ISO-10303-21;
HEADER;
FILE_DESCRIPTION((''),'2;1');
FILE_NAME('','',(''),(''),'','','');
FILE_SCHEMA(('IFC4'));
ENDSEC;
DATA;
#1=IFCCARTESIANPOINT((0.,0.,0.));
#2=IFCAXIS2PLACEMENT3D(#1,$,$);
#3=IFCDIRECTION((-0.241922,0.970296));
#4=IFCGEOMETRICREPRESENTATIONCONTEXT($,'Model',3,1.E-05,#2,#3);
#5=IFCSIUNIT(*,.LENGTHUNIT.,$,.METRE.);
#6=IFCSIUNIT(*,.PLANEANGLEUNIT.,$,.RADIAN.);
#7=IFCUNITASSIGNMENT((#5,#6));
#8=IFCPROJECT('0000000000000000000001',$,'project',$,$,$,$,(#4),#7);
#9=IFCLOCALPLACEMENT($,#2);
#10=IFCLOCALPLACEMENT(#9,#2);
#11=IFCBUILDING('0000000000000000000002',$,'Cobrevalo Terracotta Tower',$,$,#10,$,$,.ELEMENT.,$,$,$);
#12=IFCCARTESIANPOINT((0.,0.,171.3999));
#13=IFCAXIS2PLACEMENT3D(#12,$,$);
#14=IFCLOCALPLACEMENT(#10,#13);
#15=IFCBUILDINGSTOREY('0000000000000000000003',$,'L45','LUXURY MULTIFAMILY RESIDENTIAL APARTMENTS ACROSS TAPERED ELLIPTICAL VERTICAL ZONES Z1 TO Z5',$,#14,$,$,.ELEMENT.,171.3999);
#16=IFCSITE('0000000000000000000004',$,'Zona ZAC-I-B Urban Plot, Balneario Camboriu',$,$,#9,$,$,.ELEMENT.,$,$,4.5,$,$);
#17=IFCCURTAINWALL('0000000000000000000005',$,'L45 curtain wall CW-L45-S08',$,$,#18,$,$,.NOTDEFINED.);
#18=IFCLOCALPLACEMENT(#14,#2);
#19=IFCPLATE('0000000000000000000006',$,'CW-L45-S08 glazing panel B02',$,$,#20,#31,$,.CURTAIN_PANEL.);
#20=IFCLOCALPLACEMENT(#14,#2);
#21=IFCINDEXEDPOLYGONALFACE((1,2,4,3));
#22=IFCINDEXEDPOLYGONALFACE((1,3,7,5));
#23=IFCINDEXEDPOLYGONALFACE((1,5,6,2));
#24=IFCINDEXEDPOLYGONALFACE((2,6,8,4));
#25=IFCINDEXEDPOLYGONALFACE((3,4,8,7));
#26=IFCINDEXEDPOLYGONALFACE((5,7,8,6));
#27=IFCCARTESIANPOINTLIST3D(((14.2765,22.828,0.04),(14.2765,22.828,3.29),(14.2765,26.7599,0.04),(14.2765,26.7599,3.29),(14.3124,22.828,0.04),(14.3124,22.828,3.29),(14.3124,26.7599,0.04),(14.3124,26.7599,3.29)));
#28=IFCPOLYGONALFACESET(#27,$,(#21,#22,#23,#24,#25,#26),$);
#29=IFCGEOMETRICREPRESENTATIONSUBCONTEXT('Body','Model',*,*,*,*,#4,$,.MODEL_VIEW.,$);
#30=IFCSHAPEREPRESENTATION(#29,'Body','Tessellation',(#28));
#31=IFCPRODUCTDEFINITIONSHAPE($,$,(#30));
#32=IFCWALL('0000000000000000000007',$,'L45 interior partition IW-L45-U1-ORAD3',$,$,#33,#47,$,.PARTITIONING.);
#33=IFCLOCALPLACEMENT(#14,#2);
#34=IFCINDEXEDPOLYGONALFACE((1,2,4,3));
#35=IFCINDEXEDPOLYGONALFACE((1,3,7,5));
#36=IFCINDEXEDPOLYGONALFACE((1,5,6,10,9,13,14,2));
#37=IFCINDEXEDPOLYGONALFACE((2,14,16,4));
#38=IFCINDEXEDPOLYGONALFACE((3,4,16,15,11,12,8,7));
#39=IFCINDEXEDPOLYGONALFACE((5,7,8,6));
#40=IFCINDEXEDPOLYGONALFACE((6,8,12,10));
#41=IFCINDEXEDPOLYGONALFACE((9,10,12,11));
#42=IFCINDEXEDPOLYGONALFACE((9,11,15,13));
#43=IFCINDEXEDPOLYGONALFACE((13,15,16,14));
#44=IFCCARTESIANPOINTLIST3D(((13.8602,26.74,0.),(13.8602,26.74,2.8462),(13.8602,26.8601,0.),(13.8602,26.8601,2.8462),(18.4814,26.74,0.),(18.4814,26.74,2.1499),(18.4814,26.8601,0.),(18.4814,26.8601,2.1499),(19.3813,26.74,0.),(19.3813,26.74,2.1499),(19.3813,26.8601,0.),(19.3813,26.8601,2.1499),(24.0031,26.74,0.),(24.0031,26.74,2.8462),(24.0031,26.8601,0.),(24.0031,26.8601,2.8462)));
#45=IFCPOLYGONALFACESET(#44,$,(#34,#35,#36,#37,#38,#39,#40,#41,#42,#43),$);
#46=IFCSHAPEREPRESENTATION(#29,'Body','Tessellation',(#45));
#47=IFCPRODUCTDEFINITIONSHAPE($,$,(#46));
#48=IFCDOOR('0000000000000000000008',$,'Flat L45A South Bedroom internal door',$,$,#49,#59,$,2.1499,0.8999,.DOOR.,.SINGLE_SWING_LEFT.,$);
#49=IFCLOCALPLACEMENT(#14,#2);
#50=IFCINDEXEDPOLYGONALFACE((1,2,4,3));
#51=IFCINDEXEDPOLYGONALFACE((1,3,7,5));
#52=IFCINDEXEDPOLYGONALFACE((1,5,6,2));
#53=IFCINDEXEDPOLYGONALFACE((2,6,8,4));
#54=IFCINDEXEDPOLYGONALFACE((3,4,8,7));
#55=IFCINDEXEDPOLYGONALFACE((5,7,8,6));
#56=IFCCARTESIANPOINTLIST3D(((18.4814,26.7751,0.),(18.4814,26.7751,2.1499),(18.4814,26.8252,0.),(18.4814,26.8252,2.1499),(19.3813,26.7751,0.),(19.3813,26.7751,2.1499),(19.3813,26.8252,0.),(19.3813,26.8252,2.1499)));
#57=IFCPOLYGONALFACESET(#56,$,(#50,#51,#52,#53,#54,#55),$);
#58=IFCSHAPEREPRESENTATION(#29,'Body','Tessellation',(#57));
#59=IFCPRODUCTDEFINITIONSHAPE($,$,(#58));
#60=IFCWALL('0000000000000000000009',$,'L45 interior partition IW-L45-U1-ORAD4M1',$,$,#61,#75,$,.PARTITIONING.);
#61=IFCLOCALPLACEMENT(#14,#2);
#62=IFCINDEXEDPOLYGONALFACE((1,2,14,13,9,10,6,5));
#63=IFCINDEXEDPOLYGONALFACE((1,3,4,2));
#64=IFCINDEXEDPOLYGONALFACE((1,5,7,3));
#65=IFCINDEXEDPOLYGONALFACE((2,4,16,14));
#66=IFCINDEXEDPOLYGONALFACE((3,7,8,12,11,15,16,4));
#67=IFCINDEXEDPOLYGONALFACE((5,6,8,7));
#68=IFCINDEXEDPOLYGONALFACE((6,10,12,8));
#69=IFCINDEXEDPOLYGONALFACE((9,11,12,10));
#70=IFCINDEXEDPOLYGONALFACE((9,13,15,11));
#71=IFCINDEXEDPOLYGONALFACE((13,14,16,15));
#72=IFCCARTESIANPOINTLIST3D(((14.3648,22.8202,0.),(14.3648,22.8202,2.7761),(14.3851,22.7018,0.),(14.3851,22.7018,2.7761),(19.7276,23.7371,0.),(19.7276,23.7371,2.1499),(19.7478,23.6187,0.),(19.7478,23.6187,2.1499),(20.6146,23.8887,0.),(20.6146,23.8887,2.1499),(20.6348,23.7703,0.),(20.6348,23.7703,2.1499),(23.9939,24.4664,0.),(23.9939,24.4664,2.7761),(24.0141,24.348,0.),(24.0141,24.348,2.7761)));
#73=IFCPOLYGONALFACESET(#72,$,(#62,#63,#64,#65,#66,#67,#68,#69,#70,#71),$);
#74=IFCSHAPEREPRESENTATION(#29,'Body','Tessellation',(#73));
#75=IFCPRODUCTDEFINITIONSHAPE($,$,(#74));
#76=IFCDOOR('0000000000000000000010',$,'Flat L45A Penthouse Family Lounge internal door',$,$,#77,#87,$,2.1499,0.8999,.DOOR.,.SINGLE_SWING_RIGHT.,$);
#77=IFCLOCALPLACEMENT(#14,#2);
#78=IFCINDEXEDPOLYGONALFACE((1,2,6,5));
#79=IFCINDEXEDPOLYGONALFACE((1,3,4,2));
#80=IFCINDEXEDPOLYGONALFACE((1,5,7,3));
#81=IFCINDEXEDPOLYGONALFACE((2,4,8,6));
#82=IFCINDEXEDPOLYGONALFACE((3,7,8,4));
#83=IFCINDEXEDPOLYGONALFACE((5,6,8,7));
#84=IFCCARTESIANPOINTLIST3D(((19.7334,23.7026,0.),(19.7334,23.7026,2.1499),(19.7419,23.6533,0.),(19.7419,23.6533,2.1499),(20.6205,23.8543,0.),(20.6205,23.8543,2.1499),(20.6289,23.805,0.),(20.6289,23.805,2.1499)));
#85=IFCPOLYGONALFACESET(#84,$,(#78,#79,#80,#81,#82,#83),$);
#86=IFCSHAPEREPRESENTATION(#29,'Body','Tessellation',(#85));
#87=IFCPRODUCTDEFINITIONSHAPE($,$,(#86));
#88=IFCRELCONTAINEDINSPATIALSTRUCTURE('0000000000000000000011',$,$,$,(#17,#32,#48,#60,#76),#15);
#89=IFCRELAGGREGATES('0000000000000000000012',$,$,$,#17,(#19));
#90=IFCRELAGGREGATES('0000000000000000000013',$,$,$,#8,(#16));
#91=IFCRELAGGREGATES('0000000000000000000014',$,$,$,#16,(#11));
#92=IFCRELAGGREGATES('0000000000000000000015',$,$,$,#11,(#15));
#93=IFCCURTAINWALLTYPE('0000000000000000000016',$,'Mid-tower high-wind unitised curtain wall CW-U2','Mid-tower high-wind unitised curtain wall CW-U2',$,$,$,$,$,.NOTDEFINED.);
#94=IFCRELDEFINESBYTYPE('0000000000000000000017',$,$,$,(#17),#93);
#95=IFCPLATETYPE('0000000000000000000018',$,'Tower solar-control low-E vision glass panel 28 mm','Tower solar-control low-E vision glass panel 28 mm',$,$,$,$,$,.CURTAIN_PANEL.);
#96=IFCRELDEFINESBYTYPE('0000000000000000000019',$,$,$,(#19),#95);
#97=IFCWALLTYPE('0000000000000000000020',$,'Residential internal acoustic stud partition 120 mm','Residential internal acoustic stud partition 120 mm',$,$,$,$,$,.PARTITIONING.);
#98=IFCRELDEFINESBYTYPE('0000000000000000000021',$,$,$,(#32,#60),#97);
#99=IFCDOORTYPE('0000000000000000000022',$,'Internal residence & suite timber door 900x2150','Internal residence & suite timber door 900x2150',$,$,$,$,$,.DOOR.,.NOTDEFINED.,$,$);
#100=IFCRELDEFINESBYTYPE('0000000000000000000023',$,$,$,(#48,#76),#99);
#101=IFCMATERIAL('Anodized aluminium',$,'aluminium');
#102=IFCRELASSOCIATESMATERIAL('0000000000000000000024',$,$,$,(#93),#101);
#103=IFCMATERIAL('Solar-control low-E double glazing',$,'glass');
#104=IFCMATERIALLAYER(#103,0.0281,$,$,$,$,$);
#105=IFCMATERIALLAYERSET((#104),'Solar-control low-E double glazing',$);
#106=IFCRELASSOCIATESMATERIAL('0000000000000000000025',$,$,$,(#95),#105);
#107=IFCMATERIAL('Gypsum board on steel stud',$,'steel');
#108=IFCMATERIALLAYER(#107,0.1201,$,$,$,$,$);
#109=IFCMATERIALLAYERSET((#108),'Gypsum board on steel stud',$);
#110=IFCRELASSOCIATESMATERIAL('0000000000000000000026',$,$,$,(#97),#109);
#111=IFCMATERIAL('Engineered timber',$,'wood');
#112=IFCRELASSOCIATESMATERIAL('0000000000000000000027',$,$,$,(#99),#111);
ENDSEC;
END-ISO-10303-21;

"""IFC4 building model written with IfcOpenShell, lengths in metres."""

from ifc_helpers import new_model, si_unit, direction, frame, frame_2d, origin, origin_2d, place, context, subcontext, project, spatial, rectangle, extrude, source, transform, mapped, material, layer, layer_set, type_object, element, fill, aggregate, save


model = new_model("IFC4")

# Units and contexts
model_context = context("Model", 3, precision=1e-05, world=origin(), true_north=direction((-0.241922, 0.970296)))
body_context = subcontext(model_context, "Body", "Model", "MODEL_VIEW")
ifc_project = project(units=[si_unit("LENGTHUNIT", "METRE"), si_unit("PLANEANGLEUNIT", "RADIAN")], contexts=[model_context])

# Site, building, storey
site_placement = place(None, origin())
site = spatial("IfcSite", under=ifc_project, at=site_placement, Name="Zona ZAC-I-B Urban Plot, Balneario Camboriu", CompositionType="ELEMENT", RefElevation=4.5)
building_placement = place(site_placement, origin())
building = spatial("IfcBuilding", under=site, at=building_placement, Name="Cobrevalo Terracotta Tower", CompositionType="ELEMENT")
storey_placement = place(building_placement, frame((0.0, 0.0, 171.3999)))
storey = spatial("IfcBuildingStorey", under=building, at=storey_placement, Name="L45", Description="LUXURY MULTIFAMILY RESIDENTIAL APARTMENTS ACROSS TAPERED ELLIPTICAL VERTICAL ZONES Z1 TO Z5", CompositionType="ELEMENT", Elevation=171.3999)

# Shared definitions
ifc_material_1 = material(Name="Anodized aluminium", Category="aluminium")
curtain_wall_type = type_object("IfcCurtainWallType", Name="Mid-tower high-wind unitised curtain wall CW-U2", Description="Mid-tower high-wind unitised curtain wall CW-U2", PredefinedType="NOTDEFINED", material=ifc_material_1)

# Curtain wall
curtain_wall_1_placement = place(storey_placement, origin())
curtain_wall_1 = element("IfcCurtainWall", 1, at=curtain_wall_1_placement, inside=storey, type_object=curtain_wall_type, Name="L45 curtain wall CW-L45-S08", PredefinedType="NOTDEFINED")

# Plate
ifc_material_2 = material(Name="Solar-control low-E double glazing", Category="glass")
ifc_layer_1 = layer(ifc_material_2, 0.0281)
ifc_layer_set_1 = layer_set([ifc_layer_1], Name="Solar-control low-E double glazing")
plate_type = type_object("IfcPlateType", Name="Tower solar-control low-E vision glass panel 28 mm", Description="Tower solar-control low-E vision glass panel 28 mm", PredefinedType="CURTAIN_PANEL", material=ifc_layer_set_1)
shared_shape_1 = source(origin(), body_context, "Body", "SweptSolid", [
    extrude(rectangle(XDim=3.9319, YDim=0.0359, at=origin_2d()), origin(), (0.0, 0.0, 1.0), 3.25),
])
plate_1_placement = place(storey_placement, frame((14.2944, 24.7939, 0.04), z_axis=(0.0, 0.0, 1.0), x_axis=(0.0, -1.0, 0.0)))
plate_1 = element("IfcPlate", 2, at=plate_1_placement, type_object=plate_type, Name="CW-L45-S08 glazing panel B02", PredefinedType="CURTAIN_PANEL", context=body_context, shape_type="MappedRepresentation", body=[
    mapped(shared_shape_1, transform((0.0, 0.0, 0.0), scale=1.0)),
])
aggregate(curtain_wall_1, [plate_1])

# Walls, openings, doors
ifc_material_3 = material(Name="Gypsum board on steel stud", Category="steel")
ifc_layer_2 = layer(ifc_material_3, 0.1201)
ifc_layer_set_2 = layer_set([ifc_layer_2], Name="Gypsum board on steel stud")
wall_type = type_object("IfcWallType", Name="Residential internal acoustic stud partition 120 mm", Description="Residential internal acoustic stud partition 120 mm", PredefinedType="PARTITIONING", material=ifc_layer_set_2)
wall_1_placement = place(storey_placement, frame((24.0029, 26.8, 0.0), z_axis=(0.0, 0.0, 1.0), x_axis=(-1.0, 0.0, 0.0)))
wall_1 = element("IfcWall", 3, at=wall_1_placement, inside=storey, type_object=wall_type, Name="L45 interior partition IW-L45-U1-ORAD3", PredefinedType="PARTITIONING", context=body_context, shape_type="SweptSolid", body=[
    extrude(rectangle(XDim=10.1428, YDim=0.1201, at=frame_2d((5.0713, 0.0))), origin(), (0.0, 0.0, 1.0), 2.8462),
])
opening_1_placement = place(wall_1_placement, frame((4.6216, 0.0, 0.0)))
opening_1 = element("IfcOpeningElement", 4, at=opening_1_placement, cuts=wall_1, PredefinedType="OPENING", context=body_context, shape_type="SweptSolid", body=[
    extrude(rectangle(XDim=0.8999, YDim=2.1499, at=frame_2d((0.45, 1.075))), frame((0.0, 0.0701, 0.0), z_axis=(0.0, -1.0, 0.0), x_axis=(1.0, 0.0, 0.0)), (0.0, 0.0, 1.0), 0.1401),
])
ifc_material_4 = material(Name="Engineered timber", Category="wood")
door_type = type_object("IfcDoorType", Name="Internal residence & suite timber door 900x2150", Description="Internal residence & suite timber door 900x2150", OperationType="NOTDEFINED", PredefinedType="DOOR", material=ifc_material_4)
shared_shape_2 = source(origin(), body_context, "Body", "SweptSolid", [
    extrude(rectangle(XDim=0.8999, YDim=2.1499, at=frame_2d((0.45, 1.075))), frame((0.0, 0.0249, 0.0), z_axis=(0.0, -1.0, 0.0), x_axis=(1.0, 0.0, 0.0)), (0.0, 0.0, 1.0), 0.05),
])
door_1_placement = place(opening_1_placement, origin())
door_1 = element("IfcDoor", 5, at=door_1_placement, inside=storey, type_object=door_type, Name="Flat L45A South Bedroom internal door", OperationType="SINGLE_SWING_LEFT", OverallHeight=2.1499, OverallWidth=0.8999, PredefinedType="DOOR", context=body_context, shape_type="MappedRepresentation", body=[
    mapped(shared_shape_2, transform((0.0, 0.0, 0.0), scale=1.0)),
])
fill(opening_1, door_1)
wall_2_placement = place(storey_placement, frame((24.0039, 24.4072, 0.0), z_axis=(0.0, 0.0, 1.0), x_axis=(-0.985698, -0.168519, 0.0)))
wall_2 = element("IfcWall", 6, at=wall_2_placement, inside=storey, type_object=wall_type, Name="L45 interior partition IW-L45-U1-ORAD4M1", PredefinedType="PARTITIONING", context=body_context, shape_type="SweptSolid", body=[
    extrude(rectangle(XDim=9.7688, YDim=0.1201, at=frame_2d((4.8843, 0.0))), origin(), (0.0, 0.0, 1.0), 2.7761),
])
opening_2_placement = place(wall_2_placement, frame((3.4282, 0.0, 0.0)))
opening_2 = element("IfcOpeningElement", 7, at=opening_2_placement, cuts=wall_2, PredefinedType="OPENING", context=body_context, shape_type="SweptSolid", body=[
    extrude(rectangle(XDim=0.8999, YDim=2.1499, at=frame_2d((0.45, 1.075))), frame((0.0, 0.0701, 0.0), z_axis=(0.0, -1.0, 0.0), x_axis=(1.0, 0.0, 0.0)), (0.0, 0.0, 1.0), 0.1401),
])
door_2_placement = place(opening_2_placement, origin())
door_2 = element("IfcDoor", 8, at=door_2_placement, inside=storey, type_object=door_type, Name="Flat L45A Penthouse Family Lounge internal door", OperationType="SINGLE_SWING_RIGHT", OverallHeight=2.1499, OverallWidth=0.8999, PredefinedType="DOOR", context=body_context, shape_type="MappedRepresentation", body=[
    mapped(shared_shape_2, transform((0.0, 0.0, 0.0), scale=1.0)),
])
fill(opening_2, door_2)

save(model, "model.ifc")
